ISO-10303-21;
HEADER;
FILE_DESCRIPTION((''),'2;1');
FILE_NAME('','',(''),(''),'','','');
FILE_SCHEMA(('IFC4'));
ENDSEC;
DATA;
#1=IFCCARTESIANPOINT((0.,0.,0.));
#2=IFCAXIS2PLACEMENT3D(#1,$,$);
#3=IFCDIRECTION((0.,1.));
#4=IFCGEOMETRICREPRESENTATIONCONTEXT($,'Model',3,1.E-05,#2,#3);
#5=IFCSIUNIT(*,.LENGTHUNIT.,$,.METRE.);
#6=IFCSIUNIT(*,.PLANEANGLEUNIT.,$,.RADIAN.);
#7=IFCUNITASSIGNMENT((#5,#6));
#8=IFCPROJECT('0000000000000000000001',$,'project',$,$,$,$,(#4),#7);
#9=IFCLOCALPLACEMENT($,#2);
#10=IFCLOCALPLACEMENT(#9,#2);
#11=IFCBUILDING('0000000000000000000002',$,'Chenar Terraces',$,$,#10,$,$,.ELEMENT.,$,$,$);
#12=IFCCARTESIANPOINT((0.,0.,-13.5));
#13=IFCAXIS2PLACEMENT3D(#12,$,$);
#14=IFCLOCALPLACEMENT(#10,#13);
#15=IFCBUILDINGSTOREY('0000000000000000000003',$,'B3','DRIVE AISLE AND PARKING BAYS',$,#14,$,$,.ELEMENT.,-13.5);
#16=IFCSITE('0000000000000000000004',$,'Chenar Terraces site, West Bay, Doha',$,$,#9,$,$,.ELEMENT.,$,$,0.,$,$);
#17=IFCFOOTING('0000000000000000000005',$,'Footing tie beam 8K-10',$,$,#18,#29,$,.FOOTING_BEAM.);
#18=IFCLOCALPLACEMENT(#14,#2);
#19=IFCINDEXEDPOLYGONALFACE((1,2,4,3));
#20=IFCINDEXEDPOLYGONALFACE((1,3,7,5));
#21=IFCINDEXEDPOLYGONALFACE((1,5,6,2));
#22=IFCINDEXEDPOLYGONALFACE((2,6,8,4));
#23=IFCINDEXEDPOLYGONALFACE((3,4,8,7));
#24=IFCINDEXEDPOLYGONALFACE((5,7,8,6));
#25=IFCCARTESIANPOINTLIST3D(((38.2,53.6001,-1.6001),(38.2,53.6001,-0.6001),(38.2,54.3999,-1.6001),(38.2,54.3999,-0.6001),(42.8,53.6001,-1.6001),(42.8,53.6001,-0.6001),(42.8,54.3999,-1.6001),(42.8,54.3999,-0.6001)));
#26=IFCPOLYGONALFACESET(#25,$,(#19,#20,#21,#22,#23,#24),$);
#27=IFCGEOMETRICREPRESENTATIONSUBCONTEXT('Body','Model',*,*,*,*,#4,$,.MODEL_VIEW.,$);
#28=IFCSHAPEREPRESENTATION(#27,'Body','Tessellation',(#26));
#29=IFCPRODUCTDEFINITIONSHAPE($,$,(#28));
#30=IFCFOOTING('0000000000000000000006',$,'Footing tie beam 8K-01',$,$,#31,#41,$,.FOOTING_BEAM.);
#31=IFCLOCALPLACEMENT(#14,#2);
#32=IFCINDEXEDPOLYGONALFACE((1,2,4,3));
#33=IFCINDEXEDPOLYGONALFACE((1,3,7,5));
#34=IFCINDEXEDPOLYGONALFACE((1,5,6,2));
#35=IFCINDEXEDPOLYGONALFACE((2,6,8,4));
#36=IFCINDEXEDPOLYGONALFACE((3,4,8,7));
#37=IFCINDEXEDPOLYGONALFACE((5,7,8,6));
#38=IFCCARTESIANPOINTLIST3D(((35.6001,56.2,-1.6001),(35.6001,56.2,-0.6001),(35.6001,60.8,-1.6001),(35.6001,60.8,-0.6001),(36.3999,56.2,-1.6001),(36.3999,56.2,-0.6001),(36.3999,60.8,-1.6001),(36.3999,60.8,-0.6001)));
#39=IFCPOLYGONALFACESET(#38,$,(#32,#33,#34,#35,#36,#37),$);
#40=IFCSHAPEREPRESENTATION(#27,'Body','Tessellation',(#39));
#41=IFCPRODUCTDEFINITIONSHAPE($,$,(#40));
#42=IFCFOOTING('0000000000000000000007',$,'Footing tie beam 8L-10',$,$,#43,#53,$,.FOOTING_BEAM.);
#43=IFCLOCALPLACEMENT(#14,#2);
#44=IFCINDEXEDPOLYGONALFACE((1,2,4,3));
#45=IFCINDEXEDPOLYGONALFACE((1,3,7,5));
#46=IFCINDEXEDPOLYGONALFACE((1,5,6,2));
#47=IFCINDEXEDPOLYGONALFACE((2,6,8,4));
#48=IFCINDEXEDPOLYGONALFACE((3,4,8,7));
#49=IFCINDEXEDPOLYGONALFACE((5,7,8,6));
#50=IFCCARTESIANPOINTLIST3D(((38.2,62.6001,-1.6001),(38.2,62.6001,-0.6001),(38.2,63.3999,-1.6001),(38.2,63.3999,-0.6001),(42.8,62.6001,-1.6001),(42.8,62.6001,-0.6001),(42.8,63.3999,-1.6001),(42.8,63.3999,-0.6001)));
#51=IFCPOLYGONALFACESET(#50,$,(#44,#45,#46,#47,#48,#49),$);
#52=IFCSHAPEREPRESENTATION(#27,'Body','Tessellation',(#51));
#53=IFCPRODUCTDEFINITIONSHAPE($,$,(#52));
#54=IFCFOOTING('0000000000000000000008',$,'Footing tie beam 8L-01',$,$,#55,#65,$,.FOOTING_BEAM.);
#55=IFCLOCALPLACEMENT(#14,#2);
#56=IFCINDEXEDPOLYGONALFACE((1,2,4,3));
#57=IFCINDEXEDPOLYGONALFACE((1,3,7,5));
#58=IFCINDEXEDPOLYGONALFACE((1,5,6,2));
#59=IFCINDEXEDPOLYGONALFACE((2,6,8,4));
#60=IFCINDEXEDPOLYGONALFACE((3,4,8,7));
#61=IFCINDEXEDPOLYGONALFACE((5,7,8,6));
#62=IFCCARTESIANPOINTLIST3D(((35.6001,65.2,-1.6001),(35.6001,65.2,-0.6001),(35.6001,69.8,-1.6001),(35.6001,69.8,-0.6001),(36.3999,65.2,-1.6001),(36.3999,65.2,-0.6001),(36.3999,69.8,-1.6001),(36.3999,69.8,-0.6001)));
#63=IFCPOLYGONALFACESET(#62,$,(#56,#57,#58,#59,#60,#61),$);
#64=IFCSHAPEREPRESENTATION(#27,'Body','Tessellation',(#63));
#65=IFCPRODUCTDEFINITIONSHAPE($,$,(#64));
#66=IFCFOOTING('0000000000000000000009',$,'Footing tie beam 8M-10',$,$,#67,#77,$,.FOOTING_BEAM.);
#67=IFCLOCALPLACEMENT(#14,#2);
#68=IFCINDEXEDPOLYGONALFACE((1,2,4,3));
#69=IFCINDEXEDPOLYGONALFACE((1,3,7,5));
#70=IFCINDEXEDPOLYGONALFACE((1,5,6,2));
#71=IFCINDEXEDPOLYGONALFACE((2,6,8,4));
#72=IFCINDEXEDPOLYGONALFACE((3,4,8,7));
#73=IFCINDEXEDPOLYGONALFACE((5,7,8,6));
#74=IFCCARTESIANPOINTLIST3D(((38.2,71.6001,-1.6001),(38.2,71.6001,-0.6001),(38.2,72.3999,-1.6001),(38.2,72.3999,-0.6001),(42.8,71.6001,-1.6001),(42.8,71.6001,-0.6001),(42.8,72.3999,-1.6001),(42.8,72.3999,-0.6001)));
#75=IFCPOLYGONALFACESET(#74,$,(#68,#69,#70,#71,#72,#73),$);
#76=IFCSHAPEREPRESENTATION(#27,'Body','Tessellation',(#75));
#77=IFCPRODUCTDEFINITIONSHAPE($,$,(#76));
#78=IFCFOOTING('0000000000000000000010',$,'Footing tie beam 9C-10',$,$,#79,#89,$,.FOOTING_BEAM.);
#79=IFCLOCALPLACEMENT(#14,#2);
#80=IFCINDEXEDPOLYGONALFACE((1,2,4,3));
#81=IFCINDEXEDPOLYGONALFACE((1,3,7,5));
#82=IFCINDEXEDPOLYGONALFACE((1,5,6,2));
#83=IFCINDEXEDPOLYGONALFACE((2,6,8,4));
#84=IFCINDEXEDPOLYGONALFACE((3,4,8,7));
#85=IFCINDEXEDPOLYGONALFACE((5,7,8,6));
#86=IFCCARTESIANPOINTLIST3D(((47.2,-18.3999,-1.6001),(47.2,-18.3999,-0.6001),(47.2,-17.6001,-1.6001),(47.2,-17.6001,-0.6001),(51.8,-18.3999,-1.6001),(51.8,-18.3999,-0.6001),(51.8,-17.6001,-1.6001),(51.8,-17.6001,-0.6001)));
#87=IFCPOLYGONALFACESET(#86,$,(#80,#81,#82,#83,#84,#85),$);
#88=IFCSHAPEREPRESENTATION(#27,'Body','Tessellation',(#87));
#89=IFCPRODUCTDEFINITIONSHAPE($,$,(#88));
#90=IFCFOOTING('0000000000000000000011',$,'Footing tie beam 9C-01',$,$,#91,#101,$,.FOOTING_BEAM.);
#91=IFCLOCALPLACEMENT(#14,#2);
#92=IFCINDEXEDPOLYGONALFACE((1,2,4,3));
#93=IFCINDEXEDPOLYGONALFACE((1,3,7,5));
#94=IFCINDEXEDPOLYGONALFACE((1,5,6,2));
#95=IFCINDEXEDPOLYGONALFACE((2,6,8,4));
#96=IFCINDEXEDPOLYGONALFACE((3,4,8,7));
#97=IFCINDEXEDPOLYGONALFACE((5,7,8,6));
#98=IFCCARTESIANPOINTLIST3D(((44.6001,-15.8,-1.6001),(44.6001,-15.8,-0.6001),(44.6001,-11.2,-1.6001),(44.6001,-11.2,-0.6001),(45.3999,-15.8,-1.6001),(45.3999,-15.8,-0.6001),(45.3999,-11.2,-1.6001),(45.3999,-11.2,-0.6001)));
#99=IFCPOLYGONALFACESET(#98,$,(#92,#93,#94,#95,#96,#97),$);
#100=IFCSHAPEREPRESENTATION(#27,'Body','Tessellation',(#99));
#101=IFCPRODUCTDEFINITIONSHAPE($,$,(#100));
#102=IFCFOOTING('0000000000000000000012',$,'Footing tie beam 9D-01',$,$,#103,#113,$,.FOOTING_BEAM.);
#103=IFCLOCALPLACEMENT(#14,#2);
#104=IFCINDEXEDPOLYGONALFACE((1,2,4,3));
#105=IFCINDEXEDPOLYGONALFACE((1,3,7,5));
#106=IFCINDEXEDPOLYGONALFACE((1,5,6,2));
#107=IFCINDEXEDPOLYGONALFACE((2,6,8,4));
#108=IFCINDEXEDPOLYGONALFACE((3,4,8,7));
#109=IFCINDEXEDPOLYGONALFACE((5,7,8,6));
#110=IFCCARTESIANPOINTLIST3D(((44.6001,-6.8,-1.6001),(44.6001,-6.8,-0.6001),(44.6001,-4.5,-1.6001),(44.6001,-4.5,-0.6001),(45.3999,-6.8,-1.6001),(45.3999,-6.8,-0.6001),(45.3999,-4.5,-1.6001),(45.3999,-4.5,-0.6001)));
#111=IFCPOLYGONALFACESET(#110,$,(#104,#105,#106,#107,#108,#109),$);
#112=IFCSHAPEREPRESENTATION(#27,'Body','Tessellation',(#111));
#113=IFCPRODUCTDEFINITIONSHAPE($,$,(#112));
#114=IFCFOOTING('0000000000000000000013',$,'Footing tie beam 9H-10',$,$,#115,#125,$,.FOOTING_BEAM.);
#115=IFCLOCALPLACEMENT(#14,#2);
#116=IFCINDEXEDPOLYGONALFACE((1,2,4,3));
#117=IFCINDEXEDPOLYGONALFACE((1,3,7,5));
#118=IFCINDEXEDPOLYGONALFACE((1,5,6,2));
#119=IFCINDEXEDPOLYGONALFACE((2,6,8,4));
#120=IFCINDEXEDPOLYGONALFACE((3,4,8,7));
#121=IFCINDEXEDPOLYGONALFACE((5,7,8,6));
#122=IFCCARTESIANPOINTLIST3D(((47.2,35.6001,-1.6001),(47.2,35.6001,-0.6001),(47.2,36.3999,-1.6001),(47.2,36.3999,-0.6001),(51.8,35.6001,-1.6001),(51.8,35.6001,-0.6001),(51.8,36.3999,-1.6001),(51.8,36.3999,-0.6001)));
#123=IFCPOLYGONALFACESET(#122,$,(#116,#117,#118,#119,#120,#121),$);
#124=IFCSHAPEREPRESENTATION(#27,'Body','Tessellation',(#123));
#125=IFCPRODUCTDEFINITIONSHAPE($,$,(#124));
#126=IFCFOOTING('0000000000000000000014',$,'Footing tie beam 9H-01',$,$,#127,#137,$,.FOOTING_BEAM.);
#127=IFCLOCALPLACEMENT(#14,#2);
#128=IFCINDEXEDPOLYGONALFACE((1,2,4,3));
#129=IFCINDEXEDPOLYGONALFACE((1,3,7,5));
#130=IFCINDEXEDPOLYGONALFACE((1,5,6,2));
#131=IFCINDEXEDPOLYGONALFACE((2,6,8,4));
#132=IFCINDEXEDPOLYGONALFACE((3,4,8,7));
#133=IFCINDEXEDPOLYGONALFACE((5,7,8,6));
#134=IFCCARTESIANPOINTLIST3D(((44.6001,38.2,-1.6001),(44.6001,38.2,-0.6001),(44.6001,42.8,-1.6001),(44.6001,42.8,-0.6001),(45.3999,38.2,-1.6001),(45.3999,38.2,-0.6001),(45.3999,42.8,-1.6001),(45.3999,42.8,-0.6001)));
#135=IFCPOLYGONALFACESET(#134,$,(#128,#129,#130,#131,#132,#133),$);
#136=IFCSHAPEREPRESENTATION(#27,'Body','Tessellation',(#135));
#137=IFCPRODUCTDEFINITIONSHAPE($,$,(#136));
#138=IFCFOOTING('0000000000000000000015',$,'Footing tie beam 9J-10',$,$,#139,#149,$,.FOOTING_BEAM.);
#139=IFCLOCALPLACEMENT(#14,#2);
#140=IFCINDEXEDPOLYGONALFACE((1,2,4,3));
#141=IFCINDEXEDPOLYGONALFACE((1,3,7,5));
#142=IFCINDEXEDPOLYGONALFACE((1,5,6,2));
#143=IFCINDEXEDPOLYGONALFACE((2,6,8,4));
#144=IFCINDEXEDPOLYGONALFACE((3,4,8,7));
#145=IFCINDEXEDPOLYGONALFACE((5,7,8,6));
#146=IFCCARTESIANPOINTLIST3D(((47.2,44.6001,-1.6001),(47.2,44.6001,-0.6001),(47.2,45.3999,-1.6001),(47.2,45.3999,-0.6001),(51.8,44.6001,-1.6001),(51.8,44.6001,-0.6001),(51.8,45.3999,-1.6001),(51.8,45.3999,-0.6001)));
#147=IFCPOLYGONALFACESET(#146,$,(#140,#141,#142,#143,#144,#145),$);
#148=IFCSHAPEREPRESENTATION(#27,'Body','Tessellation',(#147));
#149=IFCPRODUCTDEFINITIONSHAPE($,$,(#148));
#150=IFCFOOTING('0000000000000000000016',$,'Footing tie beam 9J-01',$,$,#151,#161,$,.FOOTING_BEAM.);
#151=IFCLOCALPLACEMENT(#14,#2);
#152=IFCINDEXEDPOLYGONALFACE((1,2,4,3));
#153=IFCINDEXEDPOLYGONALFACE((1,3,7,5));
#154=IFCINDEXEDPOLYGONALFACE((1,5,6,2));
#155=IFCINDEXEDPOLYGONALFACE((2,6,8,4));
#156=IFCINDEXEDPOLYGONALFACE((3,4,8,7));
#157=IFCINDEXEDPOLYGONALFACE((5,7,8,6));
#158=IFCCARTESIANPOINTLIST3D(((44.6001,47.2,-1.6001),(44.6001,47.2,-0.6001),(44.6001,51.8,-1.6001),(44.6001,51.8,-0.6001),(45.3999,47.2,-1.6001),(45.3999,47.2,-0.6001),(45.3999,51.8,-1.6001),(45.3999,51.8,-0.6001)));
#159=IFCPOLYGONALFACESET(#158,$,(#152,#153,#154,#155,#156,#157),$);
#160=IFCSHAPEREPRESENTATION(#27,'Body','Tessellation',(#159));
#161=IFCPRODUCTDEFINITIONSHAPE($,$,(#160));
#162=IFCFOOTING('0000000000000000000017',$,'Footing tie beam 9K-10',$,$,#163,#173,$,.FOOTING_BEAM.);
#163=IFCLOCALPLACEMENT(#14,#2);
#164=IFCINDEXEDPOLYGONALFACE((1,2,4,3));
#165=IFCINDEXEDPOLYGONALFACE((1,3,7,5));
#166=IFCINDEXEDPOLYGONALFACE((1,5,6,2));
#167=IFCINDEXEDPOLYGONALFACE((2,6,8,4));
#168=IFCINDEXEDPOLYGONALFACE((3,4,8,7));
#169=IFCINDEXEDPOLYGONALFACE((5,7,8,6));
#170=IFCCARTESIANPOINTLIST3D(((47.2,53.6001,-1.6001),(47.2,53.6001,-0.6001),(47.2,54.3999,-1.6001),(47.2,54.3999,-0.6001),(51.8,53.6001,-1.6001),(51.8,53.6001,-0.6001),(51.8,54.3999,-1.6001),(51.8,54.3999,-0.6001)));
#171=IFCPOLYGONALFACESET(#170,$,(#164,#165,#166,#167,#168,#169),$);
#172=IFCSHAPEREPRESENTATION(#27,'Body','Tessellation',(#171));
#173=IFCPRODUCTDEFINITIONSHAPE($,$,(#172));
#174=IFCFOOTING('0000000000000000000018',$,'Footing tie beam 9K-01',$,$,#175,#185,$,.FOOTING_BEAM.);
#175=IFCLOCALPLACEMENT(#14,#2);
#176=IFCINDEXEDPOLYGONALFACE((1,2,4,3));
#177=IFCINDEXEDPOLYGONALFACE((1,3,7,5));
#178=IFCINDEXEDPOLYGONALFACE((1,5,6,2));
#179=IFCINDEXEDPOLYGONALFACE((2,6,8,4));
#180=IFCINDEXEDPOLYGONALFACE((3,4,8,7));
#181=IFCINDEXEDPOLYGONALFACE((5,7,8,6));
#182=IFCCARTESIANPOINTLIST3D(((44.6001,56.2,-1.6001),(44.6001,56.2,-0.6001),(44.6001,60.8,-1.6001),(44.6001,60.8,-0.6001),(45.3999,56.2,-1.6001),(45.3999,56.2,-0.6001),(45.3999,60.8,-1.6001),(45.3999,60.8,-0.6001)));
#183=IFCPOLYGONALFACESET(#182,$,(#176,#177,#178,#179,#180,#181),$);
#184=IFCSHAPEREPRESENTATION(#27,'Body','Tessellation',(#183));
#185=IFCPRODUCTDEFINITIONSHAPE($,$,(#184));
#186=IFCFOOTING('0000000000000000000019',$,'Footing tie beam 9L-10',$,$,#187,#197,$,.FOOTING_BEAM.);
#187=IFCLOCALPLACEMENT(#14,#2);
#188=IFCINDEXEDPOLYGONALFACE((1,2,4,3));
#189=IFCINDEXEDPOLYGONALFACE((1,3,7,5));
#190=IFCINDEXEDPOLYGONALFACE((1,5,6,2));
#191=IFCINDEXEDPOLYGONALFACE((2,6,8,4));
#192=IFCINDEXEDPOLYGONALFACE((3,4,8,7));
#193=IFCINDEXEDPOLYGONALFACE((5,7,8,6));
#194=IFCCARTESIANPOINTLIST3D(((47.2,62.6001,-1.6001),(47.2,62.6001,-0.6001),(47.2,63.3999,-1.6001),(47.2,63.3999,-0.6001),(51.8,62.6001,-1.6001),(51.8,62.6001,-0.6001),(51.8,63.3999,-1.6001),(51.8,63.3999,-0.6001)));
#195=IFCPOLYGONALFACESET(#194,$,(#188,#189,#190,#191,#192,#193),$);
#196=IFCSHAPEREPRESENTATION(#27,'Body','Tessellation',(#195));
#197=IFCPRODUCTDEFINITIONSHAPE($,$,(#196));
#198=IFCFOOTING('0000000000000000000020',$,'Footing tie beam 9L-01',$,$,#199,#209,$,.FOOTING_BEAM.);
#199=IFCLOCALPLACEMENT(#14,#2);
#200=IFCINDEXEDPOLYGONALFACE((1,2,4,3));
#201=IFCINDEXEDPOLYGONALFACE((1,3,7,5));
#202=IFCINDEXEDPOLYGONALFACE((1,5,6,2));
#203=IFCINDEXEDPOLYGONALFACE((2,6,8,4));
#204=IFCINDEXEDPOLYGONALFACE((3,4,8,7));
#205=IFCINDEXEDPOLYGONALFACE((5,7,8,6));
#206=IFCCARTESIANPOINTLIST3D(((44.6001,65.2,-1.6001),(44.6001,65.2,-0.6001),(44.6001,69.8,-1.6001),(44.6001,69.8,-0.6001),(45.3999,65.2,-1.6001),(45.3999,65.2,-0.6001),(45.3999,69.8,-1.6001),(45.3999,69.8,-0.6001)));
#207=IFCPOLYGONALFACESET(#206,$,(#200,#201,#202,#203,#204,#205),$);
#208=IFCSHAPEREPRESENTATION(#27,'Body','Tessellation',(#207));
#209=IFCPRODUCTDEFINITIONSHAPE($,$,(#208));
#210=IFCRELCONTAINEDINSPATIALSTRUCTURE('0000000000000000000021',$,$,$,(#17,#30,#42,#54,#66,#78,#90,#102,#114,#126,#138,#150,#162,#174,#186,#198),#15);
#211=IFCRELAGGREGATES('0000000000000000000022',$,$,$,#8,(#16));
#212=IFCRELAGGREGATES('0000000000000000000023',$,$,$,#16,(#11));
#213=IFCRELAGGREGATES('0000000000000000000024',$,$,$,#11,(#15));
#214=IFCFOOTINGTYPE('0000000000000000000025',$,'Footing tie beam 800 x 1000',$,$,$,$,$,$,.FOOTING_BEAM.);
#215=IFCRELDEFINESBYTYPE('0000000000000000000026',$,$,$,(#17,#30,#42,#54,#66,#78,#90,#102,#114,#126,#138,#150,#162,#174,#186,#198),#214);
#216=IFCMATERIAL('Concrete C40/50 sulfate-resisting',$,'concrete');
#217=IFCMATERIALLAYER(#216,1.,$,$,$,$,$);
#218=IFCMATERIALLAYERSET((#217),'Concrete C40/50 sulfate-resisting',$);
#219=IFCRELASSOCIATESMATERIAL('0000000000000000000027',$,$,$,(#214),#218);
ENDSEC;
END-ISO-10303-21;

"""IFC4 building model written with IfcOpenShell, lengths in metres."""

from ifc_helpers import new_model, si_unit, direction, frame, origin, place, context, subcontext, project, spatial, polyline, outline, extrude, material, layer, layer_set, type_object, element, save


model = new_model("IFC4")

# Units and contexts
model_context = context("Model", 3, precision=1e-05, world=origin(), true_north=direction((0.0, 1.0)))
body_context = subcontext(model_context, "Body", "Model", "MODEL_VIEW")
ifc_project = project(units=[si_unit("LENGTHUNIT", "METRE"), si_unit("PLANEANGLEUNIT", "RADIAN")], contexts=[model_context])

# Site, building, storey
site_placement = place(None, origin())
site = spatial("IfcSite", under=ifc_project, at=site_placement, Name="Chenar Terraces site, West Bay, Doha", CompositionType="ELEMENT", RefElevation=0.0)
building_placement = place(site_placement, origin())
building = spatial("IfcBuilding", under=site, at=building_placement, Name="Chenar Terraces", CompositionType="ELEMENT")
storey_placement = place(building_placement, frame((0.0, 0.0, -13.5)))
storey = spatial("IfcBuildingStorey", under=building, at=storey_placement, Name="B3", Description="DRIVE AISLE AND PARKING BAYS", CompositionType="ELEMENT", Elevation=-13.5)

# Footings
ifc_material = material(Name="Concrete C40/50 sulfate-resisting", Category="concrete")
ifc_layer = layer(ifc_material, 1.0)
ifc_layer_set = layer_set([ifc_layer], Name="Concrete C40/50 sulfate-resisting")
footing_type = type_object("IfcFootingType", Name="Footing tie beam 800 x 1000", PredefinedType="FOOTING_BEAM", material=ifc_layer_set)
placement = place(storey_placement, frame((0.0, 0.0, -1.6001)))
element("IfcFooting", 1, at=placement, inside=storey, type_object=footing_type, Name="Footing tie beam 8K-10", PredefinedType="FOOTING_BEAM", context=body_context, shape_type="SweptSolid", body=[
    extrude(outline(polyline([(42.8, 53.6001), (42.8, 54.3999), (38.2, 54.3999), (38.2, 53.6001), (42.8, 53.6001)])), origin(), (0.0, 0.0, 1.0), 1.0),
])
element("IfcFooting", 2, at=placement, inside=storey, type_object=footing_type, Name="Footing tie beam 8K-01", PredefinedType="FOOTING_BEAM", context=body_context, shape_type="SweptSolid", body=[
    extrude(outline(polyline([(36.3999, 56.2), (36.3999, 60.8), (35.6001, 60.8), (35.6001, 56.2), (36.3999, 56.2)])), origin(), (0.0, 0.0, 1.0), 1.0),
])
element("IfcFooting", 3, at=placement, inside=storey, type_object=footing_type, Name="Footing tie beam 8L-10", PredefinedType="FOOTING_BEAM", context=body_context, shape_type="SweptSolid", body=[
    extrude(outline(polyline([(42.8, 62.6001), (42.8, 63.3999), (38.2, 63.3999), (38.2, 62.6001), (42.8, 62.6001)])), origin(), (0.0, 0.0, 1.0), 1.0),
])
element("IfcFooting", 4, at=placement, inside=storey, type_object=footing_type, Name="Footing tie beam 8L-01", PredefinedType="FOOTING_BEAM", context=body_context, shape_type="SweptSolid", body=[
    extrude(outline(polyline([(36.3999, 65.2), (36.3999, 69.8), (35.6001, 69.8), (35.6001, 65.2), (36.3999, 65.2)])), origin(), (0.0, 0.0, 1.0), 1.0),
])
element("IfcFooting", 5, at=placement, inside=storey, type_object=footing_type, Name="Footing tie beam 8M-10", PredefinedType="FOOTING_BEAM", context=body_context, shape_type="SweptSolid", body=[
    extrude(outline(polyline([(42.8, 71.6001), (42.8, 72.3999), (38.2, 72.3999), (38.2, 71.6001), (42.8, 71.6001)])), origin(), (0.0, 0.0, 1.0), 1.0),
])
element("IfcFooting", 6, at=placement, inside=storey, type_object=footing_type, Name="Footing tie beam 9C-10", PredefinedType="FOOTING_BEAM", context=body_context, shape_type="SweptSolid", body=[
    extrude(outline(polyline([(51.8, -18.3999), (51.8, -17.6001), (47.2, -17.6001), (47.2, -18.3999), (51.8, -18.3999)])), origin(), (0.0, 0.0, 1.0), 1.0),
])
element("IfcFooting", 7, at=placement, inside=storey, type_object=footing_type, Name="Footing tie beam 9C-01", PredefinedType="FOOTING_BEAM", context=body_context, shape_type="SweptSolid", body=[
    extrude(outline(polyline([(45.3999, -15.8), (45.3999, -11.2), (44.6001, -11.2), (44.6001, -15.8), (45.3999, -15.8)])), origin(), (0.0, 0.0, 1.0), 1.0),
])
element("IfcFooting", 8, at=placement, inside=storey, type_object=footing_type, Name="Footing tie beam 9D-01", PredefinedType="FOOTING_BEAM", context=body_context, shape_type="SweptSolid", body=[
    extrude(outline(polyline([(45.3999, -6.8), (45.3999, -4.5), (44.6001, -4.5), (44.6001, -6.8), (45.3999, -6.8)])), origin(), (0.0, 0.0, 1.0), 1.0),
])
element("IfcFooting", 9, at=placement, inside=storey, type_object=footing_type, Name="Footing tie beam 9H-10", PredefinedType="FOOTING_BEAM", context=body_context, shape_type="SweptSolid", body=[
    extrude(outline(polyline([(51.8, 35.6001), (51.8, 36.3999), (47.2, 36.3999), (47.2, 35.6001), (51.8, 35.6001)])), origin(), (0.0, 0.0, 1.0), 1.0),
])
element("IfcFooting", 10, at=placement, inside=storey, type_object=footing_type, Name="Footing tie beam 9H-01", PredefinedType="FOOTING_BEAM", context=body_context, shape_type="SweptSolid", body=[
    extrude(outline(polyline([(45.3999, 38.2), (45.3999, 42.8), (44.6001, 42.8), (44.6001, 38.2), (45.3999, 38.2)])), origin(), (0.0, 0.0, 1.0), 1.0),
])
element("IfcFooting", 11, at=placement, inside=storey, type_object=footing_type, Name="Footing tie beam 9J-10", PredefinedType="FOOTING_BEAM", context=body_context, shape_type="SweptSolid", body=[
    extrude(outline(polyline([(51.8, 44.6001), (51.8, 45.3999), (47.2, 45.3999), (47.2, 44.6001), (51.8, 44.6001)])), origin(), (0.0, 0.0, 1.0), 1.0),
])
element("IfcFooting", 12, at=placement, inside=storey, type_object=footing_type, Name="Footing tie beam 9J-01", PredefinedType="FOOTING_BEAM", context=body_context, shape_type="SweptSolid", body=[
    extrude(outline(polyline([(45.3999, 47.2), (45.3999, 51.8), (44.6001, 51.8), (44.6001, 47.2), (45.3999, 47.2)])), origin(), (0.0, 0.0, 1.0), 1.0),
])
element("IfcFooting", 13, at=placement, inside=storey, type_object=footing_type, Name="Footing tie beam 9K-10", PredefinedType="FOOTING_BEAM", context=body_context, shape_type="SweptSolid", body=[
    extrude(outline(polyline([(51.8, 53.6001), (51.8, 54.3999), (47.2, 54.3999), (47.2, 53.6001), (51.8, 53.6001)])), origin(), (0.0, 0.0, 1.0), 1.0),
])
element("IfcFooting", 14, at=placement, inside=storey, type_object=footing_type, Name="Footing tie beam 9K-01", PredefinedType="FOOTING_BEAM", context=body_context, shape_type="SweptSolid", body=[
    extrude(outline(polyline([(45.3999, 56.2), (45.3999, 60.8), (44.6001, 60.8), (44.6001, 56.2), (45.3999, 56.2)])), origin(), (0.0, 0.0, 1.0), 1.0),
])
element("IfcFooting", 15, at=placement, inside=storey, type_object=footing_type, Name="Footing tie beam 9L-10", PredefinedType="FOOTING_BEAM", context=body_context, shape_type="SweptSolid", body=[
    extrude(outline(polyline([(51.8, 62.6001), (51.8, 63.3999), (47.2, 63.3999), (47.2, 62.6001), (51.8, 62.6001)])), origin(), (0.0, 0.0, 1.0), 1.0),
])
element("IfcFooting", 16, at=placement, inside=storey, type_object=footing_type, Name="Footing tie beam 9L-01", PredefinedType="FOOTING_BEAM", context=body_context, shape_type="SweptSolid", body=[
    extrude(outline(polyline([(45.3999, 65.2), (45.3999, 69.8), (44.6001, 69.8), (44.6001, 65.2), (45.3999, 65.2)])), origin(), (0.0, 0.0, 1.0), 1.0),
])

save(model, "model.ifc")
